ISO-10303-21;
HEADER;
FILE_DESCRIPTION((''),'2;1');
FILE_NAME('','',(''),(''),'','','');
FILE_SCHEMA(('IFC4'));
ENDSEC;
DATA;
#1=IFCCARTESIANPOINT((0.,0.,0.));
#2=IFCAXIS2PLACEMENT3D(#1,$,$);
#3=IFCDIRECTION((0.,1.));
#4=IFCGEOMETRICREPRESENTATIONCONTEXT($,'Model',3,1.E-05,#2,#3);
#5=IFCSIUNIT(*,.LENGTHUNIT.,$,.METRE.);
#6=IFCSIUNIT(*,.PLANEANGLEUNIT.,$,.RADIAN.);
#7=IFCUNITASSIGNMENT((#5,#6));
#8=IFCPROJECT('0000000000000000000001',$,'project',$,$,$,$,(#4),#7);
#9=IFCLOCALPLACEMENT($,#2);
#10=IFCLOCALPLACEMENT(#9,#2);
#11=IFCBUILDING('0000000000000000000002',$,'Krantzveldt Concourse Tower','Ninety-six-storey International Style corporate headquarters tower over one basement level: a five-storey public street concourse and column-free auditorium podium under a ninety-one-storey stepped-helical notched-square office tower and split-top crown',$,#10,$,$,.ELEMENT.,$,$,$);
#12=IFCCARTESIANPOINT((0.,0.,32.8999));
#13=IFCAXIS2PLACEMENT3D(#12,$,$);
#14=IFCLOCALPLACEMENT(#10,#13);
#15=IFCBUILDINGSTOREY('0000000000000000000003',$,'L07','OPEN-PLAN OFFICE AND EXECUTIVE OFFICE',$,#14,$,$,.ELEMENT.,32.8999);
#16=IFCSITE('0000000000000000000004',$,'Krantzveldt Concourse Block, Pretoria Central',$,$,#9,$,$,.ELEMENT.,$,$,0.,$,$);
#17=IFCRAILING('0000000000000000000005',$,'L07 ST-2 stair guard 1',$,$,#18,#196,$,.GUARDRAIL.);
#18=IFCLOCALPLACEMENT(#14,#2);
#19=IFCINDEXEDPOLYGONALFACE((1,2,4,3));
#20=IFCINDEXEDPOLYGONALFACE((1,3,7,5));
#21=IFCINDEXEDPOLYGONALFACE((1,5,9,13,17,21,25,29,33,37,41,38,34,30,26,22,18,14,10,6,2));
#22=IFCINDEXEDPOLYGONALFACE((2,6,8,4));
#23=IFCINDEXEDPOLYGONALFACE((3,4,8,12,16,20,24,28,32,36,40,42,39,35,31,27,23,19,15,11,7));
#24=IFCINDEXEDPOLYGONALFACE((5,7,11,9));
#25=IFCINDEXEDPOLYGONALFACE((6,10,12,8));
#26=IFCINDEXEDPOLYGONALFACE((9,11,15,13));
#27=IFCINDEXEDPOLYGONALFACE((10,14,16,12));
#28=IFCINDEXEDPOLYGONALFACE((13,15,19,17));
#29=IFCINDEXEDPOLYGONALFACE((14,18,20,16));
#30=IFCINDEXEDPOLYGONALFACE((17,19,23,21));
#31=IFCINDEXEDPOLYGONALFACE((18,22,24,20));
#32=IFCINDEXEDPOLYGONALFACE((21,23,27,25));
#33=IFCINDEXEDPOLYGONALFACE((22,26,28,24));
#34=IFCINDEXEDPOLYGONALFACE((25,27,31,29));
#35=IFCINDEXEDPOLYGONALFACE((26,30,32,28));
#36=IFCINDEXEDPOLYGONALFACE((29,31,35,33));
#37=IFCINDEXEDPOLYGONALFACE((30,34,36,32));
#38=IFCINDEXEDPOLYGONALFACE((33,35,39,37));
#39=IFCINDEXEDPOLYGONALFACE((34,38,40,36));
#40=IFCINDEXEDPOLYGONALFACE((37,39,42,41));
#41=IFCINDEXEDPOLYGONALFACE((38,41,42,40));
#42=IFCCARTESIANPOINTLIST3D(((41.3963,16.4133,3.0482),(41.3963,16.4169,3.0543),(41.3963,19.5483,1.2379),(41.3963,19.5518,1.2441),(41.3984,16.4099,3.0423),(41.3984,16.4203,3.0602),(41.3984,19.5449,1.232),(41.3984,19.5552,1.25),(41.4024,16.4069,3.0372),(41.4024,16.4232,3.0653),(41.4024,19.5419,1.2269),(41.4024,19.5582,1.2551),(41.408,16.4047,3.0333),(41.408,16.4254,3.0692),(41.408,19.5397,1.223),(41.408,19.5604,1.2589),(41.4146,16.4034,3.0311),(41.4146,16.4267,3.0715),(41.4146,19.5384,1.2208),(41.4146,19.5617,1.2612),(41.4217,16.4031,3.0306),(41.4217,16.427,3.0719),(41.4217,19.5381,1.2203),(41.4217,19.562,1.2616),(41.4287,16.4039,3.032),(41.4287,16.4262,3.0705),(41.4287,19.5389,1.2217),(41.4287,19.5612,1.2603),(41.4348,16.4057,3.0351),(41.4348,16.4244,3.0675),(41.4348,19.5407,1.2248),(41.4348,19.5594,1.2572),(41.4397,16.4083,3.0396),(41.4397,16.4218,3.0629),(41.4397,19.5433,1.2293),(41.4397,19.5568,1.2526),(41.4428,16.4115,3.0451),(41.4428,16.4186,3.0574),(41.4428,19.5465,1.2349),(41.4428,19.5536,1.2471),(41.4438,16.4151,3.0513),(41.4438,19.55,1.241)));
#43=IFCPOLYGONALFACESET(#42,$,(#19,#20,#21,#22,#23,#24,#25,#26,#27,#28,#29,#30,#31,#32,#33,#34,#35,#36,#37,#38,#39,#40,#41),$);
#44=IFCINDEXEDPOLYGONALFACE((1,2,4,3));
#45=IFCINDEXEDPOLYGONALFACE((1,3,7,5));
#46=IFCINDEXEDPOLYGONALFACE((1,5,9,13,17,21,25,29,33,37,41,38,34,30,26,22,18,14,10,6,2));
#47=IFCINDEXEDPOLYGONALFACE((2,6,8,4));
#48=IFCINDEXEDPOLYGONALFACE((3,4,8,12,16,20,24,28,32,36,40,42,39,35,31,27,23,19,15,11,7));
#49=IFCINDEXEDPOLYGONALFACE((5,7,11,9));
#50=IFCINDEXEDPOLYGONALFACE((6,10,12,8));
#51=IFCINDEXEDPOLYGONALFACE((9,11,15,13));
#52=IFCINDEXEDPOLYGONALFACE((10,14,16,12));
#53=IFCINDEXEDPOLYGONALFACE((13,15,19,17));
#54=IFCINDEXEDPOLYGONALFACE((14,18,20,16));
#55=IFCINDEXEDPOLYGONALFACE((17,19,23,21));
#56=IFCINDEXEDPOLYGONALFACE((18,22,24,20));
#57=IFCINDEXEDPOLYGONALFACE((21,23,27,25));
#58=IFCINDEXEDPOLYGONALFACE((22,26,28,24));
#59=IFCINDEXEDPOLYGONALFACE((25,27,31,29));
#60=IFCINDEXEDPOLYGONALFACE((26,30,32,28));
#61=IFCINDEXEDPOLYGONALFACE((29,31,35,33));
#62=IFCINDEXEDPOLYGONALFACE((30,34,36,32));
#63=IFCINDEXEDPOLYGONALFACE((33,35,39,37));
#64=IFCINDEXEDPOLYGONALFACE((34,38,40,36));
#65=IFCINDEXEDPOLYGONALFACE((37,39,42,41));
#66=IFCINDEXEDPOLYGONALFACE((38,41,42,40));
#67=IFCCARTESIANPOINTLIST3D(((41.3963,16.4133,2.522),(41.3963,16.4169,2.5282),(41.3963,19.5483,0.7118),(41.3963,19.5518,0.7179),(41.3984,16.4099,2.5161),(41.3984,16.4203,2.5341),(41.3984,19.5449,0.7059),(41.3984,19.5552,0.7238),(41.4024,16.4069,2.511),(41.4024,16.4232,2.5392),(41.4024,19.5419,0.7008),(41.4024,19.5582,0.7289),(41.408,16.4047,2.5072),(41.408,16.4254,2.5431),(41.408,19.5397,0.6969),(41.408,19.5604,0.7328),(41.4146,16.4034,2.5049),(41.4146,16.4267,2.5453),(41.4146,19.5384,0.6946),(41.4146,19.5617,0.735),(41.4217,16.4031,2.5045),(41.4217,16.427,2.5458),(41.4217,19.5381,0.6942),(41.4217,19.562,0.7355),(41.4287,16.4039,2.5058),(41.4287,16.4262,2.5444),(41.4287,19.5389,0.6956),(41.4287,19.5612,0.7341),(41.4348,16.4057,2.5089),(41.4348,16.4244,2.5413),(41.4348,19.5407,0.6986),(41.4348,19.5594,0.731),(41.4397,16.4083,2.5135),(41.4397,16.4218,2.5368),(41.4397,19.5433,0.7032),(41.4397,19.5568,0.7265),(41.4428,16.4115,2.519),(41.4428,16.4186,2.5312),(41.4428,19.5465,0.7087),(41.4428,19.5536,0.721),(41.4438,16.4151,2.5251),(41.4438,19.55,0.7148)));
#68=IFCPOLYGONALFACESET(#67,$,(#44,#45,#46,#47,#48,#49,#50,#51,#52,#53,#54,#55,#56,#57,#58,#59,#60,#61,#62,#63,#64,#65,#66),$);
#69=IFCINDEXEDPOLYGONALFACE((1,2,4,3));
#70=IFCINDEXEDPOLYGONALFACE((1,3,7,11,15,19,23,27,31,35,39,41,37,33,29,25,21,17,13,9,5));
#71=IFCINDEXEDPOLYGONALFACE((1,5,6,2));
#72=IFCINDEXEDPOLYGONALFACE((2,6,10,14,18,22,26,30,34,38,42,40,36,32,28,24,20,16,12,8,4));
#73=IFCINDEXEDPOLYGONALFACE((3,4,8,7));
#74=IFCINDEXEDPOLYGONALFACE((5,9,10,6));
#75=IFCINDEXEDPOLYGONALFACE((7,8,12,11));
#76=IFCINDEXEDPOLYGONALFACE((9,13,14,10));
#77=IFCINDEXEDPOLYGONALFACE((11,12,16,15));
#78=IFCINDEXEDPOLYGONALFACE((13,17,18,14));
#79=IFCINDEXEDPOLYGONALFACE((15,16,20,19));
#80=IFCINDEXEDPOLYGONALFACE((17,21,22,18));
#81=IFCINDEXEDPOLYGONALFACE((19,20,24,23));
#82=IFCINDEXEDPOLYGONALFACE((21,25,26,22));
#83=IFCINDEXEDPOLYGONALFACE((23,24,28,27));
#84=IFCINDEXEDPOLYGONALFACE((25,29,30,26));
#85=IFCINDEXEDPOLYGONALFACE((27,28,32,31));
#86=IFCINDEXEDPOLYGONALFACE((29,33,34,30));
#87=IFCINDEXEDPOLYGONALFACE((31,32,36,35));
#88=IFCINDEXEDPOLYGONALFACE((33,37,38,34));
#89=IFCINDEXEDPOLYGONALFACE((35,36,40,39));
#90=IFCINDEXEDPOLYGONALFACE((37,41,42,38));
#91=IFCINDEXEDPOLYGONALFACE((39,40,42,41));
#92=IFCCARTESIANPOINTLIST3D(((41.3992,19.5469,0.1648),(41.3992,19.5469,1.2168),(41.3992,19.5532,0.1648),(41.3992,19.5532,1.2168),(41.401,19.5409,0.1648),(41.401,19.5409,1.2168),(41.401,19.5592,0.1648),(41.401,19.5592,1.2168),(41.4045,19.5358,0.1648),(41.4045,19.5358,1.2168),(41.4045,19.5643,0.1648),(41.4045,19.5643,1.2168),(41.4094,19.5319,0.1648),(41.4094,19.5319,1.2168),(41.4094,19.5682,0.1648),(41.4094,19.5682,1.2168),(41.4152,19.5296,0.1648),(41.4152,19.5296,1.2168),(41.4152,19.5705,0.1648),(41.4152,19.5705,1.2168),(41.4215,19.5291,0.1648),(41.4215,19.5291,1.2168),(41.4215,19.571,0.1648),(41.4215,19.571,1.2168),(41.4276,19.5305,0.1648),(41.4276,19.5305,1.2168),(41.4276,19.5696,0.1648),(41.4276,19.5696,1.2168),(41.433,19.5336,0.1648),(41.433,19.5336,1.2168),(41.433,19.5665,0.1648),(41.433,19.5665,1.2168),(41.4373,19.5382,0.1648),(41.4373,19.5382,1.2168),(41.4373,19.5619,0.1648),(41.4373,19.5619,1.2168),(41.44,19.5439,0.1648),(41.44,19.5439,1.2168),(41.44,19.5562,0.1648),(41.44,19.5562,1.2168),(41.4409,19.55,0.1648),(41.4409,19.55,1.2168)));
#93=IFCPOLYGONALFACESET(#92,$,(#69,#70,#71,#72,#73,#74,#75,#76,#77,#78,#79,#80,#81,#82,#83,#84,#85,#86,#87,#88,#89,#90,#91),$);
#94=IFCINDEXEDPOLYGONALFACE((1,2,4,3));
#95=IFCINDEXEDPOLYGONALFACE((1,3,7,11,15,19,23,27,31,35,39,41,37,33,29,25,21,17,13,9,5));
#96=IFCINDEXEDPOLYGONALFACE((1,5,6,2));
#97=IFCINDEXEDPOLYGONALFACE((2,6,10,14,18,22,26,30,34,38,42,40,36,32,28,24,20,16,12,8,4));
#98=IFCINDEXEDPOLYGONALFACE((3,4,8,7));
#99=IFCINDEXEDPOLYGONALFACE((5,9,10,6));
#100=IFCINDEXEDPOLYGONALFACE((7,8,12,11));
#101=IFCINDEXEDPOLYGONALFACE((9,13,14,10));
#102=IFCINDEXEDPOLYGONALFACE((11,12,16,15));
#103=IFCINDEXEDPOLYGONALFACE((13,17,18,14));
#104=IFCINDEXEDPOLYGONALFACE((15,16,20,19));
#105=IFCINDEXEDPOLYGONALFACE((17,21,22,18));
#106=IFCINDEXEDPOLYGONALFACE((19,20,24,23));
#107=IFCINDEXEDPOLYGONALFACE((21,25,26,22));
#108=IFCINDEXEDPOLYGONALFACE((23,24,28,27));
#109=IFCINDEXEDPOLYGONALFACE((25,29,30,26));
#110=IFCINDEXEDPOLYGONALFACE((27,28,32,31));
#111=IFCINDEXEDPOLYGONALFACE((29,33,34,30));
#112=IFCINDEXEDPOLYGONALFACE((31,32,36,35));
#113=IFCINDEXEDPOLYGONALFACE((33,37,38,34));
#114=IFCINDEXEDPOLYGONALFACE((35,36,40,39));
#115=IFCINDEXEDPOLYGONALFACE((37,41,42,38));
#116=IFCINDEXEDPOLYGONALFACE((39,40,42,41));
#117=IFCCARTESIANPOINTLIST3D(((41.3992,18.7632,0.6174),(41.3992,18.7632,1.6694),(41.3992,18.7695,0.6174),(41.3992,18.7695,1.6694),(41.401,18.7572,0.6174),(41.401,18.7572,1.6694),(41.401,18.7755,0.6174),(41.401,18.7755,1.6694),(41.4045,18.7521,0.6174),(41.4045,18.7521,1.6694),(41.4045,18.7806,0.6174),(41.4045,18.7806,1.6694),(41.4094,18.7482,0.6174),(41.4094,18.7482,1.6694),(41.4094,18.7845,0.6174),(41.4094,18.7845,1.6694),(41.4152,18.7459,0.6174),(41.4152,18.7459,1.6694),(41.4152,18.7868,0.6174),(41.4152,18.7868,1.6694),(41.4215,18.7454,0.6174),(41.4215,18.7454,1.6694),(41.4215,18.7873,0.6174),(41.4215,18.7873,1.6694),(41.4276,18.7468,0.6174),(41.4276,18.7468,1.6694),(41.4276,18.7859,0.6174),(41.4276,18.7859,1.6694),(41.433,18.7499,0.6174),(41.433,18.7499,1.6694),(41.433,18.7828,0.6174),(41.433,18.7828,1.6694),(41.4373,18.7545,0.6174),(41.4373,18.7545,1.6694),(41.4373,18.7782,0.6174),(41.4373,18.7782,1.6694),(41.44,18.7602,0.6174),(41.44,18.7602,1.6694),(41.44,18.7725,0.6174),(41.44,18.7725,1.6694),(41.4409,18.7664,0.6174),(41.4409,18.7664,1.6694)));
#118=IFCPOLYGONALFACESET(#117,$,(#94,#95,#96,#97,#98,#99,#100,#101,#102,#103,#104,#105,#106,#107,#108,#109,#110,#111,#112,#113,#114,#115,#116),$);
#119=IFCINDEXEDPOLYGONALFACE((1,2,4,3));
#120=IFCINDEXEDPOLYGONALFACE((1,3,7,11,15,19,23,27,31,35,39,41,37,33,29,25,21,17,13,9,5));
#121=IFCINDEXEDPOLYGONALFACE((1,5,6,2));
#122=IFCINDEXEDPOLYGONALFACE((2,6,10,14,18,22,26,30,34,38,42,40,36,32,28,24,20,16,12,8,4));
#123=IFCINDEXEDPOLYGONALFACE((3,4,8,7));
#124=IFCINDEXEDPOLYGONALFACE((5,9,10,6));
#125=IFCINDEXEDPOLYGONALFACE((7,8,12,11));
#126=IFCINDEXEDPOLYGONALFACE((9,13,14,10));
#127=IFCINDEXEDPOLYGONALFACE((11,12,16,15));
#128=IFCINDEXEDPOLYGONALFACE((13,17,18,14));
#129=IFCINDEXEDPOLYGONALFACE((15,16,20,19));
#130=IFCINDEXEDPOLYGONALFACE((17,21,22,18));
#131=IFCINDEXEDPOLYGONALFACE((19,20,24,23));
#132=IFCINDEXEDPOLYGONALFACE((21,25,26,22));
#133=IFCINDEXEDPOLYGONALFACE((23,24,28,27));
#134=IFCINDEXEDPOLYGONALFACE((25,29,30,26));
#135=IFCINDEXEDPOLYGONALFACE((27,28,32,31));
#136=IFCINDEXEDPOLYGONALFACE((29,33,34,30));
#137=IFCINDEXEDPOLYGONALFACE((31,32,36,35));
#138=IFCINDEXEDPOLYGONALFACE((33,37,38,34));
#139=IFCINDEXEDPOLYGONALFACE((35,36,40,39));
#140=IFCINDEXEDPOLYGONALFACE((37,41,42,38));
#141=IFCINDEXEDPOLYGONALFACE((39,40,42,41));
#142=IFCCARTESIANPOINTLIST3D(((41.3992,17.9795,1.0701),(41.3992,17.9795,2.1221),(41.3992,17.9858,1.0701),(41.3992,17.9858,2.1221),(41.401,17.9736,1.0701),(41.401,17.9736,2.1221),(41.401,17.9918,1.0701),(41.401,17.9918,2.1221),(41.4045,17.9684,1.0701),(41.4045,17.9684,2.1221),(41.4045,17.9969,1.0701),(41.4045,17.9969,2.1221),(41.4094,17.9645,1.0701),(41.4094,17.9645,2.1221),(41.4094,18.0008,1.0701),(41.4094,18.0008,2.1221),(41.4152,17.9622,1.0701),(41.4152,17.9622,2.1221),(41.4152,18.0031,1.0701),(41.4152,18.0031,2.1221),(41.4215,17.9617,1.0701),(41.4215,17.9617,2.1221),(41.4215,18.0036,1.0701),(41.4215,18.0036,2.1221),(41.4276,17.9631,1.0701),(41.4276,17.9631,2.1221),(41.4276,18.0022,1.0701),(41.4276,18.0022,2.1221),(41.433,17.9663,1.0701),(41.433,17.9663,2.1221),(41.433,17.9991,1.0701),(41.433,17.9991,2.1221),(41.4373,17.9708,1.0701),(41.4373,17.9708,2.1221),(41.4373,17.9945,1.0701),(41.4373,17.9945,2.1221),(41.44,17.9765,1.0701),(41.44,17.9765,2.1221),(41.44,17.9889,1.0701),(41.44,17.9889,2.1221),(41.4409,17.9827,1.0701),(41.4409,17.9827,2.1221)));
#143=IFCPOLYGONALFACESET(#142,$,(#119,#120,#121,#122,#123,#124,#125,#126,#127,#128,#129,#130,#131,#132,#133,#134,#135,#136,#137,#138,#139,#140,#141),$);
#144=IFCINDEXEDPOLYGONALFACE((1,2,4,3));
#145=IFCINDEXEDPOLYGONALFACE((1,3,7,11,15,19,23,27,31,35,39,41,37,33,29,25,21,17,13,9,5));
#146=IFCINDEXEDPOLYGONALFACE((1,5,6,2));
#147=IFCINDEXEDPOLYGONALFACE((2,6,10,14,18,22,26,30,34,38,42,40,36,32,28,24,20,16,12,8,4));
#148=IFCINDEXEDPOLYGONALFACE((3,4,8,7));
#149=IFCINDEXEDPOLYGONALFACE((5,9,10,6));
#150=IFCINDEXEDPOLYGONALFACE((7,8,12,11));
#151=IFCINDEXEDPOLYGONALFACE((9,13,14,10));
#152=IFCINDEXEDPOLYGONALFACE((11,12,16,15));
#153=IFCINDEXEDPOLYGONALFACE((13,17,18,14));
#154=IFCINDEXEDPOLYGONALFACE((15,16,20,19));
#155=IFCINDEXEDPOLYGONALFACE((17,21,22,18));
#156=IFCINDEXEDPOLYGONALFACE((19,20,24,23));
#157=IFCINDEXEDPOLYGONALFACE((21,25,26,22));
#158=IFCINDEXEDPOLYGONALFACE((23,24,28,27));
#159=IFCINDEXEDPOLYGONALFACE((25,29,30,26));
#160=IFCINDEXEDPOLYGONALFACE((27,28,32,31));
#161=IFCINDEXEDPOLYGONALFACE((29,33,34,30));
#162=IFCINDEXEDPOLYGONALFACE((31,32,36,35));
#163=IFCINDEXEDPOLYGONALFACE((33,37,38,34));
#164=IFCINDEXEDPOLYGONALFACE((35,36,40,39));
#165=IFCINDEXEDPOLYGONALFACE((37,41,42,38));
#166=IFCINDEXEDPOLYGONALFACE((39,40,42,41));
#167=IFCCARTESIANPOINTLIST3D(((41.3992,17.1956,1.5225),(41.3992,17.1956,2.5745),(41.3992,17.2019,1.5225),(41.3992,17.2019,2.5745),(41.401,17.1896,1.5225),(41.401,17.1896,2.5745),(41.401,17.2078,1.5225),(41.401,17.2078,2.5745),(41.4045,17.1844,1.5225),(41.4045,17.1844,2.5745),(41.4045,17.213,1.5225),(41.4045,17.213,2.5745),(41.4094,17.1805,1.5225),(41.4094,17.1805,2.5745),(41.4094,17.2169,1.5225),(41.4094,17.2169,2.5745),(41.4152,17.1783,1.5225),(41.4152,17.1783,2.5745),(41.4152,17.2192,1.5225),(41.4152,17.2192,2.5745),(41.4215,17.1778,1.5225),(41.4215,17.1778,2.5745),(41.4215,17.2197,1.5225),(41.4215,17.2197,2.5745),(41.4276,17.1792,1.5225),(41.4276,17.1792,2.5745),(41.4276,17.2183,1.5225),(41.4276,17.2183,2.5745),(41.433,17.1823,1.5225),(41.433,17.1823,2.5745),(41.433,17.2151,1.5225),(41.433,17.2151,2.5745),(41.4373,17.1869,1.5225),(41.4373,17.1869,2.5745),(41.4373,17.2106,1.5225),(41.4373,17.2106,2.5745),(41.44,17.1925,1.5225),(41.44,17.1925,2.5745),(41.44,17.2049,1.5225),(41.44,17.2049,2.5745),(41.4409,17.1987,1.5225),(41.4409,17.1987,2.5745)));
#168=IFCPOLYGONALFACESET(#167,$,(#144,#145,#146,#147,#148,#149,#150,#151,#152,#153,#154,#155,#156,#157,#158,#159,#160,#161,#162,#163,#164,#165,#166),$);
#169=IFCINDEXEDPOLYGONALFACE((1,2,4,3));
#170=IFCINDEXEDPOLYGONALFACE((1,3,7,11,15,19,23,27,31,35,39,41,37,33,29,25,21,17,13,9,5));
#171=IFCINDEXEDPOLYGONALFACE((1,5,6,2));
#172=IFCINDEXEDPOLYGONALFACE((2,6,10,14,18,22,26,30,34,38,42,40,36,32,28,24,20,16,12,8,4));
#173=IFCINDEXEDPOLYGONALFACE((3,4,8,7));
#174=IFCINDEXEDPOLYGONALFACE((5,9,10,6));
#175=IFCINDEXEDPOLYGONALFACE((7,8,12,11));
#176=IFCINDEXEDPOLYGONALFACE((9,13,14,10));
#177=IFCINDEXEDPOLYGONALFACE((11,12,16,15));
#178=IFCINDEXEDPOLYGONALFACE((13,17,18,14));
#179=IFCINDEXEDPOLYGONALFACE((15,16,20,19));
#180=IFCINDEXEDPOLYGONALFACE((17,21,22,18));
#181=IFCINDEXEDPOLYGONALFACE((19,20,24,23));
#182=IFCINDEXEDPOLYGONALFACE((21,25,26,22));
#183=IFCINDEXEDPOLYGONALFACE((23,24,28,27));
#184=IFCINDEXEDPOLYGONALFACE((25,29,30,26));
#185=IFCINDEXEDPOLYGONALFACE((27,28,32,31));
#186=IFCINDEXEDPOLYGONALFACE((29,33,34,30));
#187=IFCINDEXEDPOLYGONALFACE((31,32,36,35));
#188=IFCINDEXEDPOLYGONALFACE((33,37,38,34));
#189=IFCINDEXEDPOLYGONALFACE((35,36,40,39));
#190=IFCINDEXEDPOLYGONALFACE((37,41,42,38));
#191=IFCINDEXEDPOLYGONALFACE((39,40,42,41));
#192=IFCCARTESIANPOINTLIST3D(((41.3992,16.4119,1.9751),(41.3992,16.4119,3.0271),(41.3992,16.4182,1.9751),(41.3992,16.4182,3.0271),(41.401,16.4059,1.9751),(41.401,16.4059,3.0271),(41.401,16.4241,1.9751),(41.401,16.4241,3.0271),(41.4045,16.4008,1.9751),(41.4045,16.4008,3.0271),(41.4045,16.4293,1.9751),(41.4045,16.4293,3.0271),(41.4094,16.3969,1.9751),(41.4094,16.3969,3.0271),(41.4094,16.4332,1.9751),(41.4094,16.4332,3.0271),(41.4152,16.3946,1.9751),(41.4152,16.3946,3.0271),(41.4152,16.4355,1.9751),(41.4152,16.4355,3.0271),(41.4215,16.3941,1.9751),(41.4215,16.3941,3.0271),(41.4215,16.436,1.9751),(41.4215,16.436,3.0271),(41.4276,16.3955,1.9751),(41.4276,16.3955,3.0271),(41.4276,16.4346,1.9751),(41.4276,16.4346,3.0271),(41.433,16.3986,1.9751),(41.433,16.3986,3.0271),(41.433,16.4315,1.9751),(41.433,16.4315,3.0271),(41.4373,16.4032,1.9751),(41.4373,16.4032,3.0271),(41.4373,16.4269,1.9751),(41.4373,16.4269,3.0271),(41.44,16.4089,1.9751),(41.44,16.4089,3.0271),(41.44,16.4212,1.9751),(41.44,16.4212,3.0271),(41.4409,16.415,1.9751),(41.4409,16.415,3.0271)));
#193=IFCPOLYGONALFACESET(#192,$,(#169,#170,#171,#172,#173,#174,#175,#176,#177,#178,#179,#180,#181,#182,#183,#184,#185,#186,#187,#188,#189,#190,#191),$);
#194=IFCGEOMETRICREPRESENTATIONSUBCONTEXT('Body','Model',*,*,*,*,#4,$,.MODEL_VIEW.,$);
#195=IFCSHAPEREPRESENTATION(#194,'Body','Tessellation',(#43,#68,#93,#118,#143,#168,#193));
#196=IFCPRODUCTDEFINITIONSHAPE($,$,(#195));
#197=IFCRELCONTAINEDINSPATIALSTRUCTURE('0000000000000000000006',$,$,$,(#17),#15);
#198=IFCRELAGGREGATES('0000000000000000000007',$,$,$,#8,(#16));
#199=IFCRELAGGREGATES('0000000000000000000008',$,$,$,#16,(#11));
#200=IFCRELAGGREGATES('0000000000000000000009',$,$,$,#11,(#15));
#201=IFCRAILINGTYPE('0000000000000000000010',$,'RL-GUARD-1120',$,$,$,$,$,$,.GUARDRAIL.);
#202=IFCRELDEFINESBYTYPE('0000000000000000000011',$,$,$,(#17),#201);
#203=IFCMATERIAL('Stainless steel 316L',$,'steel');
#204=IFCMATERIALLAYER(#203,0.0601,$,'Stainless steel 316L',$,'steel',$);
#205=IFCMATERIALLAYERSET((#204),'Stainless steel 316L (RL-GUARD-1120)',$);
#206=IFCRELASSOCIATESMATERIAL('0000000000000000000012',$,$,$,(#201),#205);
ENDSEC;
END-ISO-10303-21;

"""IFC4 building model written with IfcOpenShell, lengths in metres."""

from ifc_helpers import new_model, si_unit, direction, frame, origin, origin_2d, place, context, subcontext, project, spatial, circle, extrude, material, layer, layer_set, type_object, element, save


model = new_model("IFC4")

# Units and contexts
model_context = context("Model", 3, precision=1e-05, world=origin(), true_north=direction((0.0, 1.0)))
body_context = subcontext(model_context, "Body", "Model", "MODEL_VIEW")
ifc_project = project(units=[si_unit("LENGTHUNIT", "METRE"), si_unit("PLANEANGLEUNIT", "RADIAN")], contexts=[model_context])

# Site, building, storey
site_placement = place(None, origin())
site = spatial("IfcSite", under=ifc_project, at=site_placement, Name="Krantzveldt Concourse Block, Pretoria Central", CompositionType="ELEMENT", RefElevation=0.0)
building_placement = place(site_placement, origin())
building = spatial("IfcBuilding", under=site, at=building_placement, Name="Krantzveldt Concourse Tower", Description="Ninety-six-storey International Style corporate headquarters tower over one basement level: a five-storey public street concourse and column-free auditorium podium under a ninety-one-storey stepped-helical notched-square office tower and split-top crown", CompositionType="ELEMENT")
storey_placement = place(building_placement, frame((0.0, 0.0, 32.8999)))
storey = spatial("IfcBuildingStorey", under=building, at=storey_placement, Name="L07", Description="OPEN-PLAN OFFICE AND EXECUTIVE OFFICE", CompositionType="ELEMENT", Elevation=32.8999)

# Railing
ifc_material_1 = material(Name="Stainless steel 316L", Category="steel")
ifc_layer_1 = layer(ifc_material_1, 0.0601, Name="Stainless steel 316L", Category="steel")
ifc_layer_set_1 = layer_set([ifc_layer_1], Name="Stainless steel 316L (RL-GUARD-1120)")
railing_type_1 = type_object("IfcRailingType", Name="RL-GUARD-1120", PredefinedType="GUARDRAIL", material=ifc_layer_set_1)
railing_1_placement = place(storey_placement, frame((41.4199, 19.55, 0.1648)))
element("IfcRailing", 1, at=railing_1_placement, inside=storey, type_object=railing_type_1, Name="L07 ST-2 stair guard 1", PredefinedType="GUARDRAIL", context=body_context, shape_type="SweptSolid", body=[
    extrude(circle(Radius=0.0239, at=origin_2d()), frame((0.0, 0.0, 1.0762), z_axis=(0.0, -0.865989, 0.500063), x_axis=(1.0, 0.0, 0.0)), (0.0, 0.0, 1.0), 3.6201),
    extrude(circle(Radius=0.0239, at=origin_2d()), frame((0.0, 0.0, 0.55), z_axis=(0.0, -0.865989, 0.500063), x_axis=(1.0, 0.0, 0.0)), (0.0, 0.0, 1.0), 3.6201),
    extrude(circle(Radius=0.021, at=origin_2d()), origin(), (0.0, 0.0, 1.0), 1.052),
    extrude(circle(Radius=0.021, at=origin_2d()), frame((0.0, -0.7837, 0.4526)), (0.0, 0.0, 1.0), 1.052),
    extrude(circle(Radius=0.021, at=origin_2d()), frame((0.0, -1.5674, 0.9053)), (0.0, 0.0, 1.0), 1.052),
    extrude(circle(Radius=0.021, at=origin_2d()), frame((0.0, -2.3513, 1.3577)), (0.0, 0.0, 1.0), 1.052),
    extrude(circle(Radius=0.021, at=origin_2d()), frame((0.0, -3.135, 1.8103)), (0.0, 0.0, 1.0), 1.052),
])

save(model, "model.ifc")
